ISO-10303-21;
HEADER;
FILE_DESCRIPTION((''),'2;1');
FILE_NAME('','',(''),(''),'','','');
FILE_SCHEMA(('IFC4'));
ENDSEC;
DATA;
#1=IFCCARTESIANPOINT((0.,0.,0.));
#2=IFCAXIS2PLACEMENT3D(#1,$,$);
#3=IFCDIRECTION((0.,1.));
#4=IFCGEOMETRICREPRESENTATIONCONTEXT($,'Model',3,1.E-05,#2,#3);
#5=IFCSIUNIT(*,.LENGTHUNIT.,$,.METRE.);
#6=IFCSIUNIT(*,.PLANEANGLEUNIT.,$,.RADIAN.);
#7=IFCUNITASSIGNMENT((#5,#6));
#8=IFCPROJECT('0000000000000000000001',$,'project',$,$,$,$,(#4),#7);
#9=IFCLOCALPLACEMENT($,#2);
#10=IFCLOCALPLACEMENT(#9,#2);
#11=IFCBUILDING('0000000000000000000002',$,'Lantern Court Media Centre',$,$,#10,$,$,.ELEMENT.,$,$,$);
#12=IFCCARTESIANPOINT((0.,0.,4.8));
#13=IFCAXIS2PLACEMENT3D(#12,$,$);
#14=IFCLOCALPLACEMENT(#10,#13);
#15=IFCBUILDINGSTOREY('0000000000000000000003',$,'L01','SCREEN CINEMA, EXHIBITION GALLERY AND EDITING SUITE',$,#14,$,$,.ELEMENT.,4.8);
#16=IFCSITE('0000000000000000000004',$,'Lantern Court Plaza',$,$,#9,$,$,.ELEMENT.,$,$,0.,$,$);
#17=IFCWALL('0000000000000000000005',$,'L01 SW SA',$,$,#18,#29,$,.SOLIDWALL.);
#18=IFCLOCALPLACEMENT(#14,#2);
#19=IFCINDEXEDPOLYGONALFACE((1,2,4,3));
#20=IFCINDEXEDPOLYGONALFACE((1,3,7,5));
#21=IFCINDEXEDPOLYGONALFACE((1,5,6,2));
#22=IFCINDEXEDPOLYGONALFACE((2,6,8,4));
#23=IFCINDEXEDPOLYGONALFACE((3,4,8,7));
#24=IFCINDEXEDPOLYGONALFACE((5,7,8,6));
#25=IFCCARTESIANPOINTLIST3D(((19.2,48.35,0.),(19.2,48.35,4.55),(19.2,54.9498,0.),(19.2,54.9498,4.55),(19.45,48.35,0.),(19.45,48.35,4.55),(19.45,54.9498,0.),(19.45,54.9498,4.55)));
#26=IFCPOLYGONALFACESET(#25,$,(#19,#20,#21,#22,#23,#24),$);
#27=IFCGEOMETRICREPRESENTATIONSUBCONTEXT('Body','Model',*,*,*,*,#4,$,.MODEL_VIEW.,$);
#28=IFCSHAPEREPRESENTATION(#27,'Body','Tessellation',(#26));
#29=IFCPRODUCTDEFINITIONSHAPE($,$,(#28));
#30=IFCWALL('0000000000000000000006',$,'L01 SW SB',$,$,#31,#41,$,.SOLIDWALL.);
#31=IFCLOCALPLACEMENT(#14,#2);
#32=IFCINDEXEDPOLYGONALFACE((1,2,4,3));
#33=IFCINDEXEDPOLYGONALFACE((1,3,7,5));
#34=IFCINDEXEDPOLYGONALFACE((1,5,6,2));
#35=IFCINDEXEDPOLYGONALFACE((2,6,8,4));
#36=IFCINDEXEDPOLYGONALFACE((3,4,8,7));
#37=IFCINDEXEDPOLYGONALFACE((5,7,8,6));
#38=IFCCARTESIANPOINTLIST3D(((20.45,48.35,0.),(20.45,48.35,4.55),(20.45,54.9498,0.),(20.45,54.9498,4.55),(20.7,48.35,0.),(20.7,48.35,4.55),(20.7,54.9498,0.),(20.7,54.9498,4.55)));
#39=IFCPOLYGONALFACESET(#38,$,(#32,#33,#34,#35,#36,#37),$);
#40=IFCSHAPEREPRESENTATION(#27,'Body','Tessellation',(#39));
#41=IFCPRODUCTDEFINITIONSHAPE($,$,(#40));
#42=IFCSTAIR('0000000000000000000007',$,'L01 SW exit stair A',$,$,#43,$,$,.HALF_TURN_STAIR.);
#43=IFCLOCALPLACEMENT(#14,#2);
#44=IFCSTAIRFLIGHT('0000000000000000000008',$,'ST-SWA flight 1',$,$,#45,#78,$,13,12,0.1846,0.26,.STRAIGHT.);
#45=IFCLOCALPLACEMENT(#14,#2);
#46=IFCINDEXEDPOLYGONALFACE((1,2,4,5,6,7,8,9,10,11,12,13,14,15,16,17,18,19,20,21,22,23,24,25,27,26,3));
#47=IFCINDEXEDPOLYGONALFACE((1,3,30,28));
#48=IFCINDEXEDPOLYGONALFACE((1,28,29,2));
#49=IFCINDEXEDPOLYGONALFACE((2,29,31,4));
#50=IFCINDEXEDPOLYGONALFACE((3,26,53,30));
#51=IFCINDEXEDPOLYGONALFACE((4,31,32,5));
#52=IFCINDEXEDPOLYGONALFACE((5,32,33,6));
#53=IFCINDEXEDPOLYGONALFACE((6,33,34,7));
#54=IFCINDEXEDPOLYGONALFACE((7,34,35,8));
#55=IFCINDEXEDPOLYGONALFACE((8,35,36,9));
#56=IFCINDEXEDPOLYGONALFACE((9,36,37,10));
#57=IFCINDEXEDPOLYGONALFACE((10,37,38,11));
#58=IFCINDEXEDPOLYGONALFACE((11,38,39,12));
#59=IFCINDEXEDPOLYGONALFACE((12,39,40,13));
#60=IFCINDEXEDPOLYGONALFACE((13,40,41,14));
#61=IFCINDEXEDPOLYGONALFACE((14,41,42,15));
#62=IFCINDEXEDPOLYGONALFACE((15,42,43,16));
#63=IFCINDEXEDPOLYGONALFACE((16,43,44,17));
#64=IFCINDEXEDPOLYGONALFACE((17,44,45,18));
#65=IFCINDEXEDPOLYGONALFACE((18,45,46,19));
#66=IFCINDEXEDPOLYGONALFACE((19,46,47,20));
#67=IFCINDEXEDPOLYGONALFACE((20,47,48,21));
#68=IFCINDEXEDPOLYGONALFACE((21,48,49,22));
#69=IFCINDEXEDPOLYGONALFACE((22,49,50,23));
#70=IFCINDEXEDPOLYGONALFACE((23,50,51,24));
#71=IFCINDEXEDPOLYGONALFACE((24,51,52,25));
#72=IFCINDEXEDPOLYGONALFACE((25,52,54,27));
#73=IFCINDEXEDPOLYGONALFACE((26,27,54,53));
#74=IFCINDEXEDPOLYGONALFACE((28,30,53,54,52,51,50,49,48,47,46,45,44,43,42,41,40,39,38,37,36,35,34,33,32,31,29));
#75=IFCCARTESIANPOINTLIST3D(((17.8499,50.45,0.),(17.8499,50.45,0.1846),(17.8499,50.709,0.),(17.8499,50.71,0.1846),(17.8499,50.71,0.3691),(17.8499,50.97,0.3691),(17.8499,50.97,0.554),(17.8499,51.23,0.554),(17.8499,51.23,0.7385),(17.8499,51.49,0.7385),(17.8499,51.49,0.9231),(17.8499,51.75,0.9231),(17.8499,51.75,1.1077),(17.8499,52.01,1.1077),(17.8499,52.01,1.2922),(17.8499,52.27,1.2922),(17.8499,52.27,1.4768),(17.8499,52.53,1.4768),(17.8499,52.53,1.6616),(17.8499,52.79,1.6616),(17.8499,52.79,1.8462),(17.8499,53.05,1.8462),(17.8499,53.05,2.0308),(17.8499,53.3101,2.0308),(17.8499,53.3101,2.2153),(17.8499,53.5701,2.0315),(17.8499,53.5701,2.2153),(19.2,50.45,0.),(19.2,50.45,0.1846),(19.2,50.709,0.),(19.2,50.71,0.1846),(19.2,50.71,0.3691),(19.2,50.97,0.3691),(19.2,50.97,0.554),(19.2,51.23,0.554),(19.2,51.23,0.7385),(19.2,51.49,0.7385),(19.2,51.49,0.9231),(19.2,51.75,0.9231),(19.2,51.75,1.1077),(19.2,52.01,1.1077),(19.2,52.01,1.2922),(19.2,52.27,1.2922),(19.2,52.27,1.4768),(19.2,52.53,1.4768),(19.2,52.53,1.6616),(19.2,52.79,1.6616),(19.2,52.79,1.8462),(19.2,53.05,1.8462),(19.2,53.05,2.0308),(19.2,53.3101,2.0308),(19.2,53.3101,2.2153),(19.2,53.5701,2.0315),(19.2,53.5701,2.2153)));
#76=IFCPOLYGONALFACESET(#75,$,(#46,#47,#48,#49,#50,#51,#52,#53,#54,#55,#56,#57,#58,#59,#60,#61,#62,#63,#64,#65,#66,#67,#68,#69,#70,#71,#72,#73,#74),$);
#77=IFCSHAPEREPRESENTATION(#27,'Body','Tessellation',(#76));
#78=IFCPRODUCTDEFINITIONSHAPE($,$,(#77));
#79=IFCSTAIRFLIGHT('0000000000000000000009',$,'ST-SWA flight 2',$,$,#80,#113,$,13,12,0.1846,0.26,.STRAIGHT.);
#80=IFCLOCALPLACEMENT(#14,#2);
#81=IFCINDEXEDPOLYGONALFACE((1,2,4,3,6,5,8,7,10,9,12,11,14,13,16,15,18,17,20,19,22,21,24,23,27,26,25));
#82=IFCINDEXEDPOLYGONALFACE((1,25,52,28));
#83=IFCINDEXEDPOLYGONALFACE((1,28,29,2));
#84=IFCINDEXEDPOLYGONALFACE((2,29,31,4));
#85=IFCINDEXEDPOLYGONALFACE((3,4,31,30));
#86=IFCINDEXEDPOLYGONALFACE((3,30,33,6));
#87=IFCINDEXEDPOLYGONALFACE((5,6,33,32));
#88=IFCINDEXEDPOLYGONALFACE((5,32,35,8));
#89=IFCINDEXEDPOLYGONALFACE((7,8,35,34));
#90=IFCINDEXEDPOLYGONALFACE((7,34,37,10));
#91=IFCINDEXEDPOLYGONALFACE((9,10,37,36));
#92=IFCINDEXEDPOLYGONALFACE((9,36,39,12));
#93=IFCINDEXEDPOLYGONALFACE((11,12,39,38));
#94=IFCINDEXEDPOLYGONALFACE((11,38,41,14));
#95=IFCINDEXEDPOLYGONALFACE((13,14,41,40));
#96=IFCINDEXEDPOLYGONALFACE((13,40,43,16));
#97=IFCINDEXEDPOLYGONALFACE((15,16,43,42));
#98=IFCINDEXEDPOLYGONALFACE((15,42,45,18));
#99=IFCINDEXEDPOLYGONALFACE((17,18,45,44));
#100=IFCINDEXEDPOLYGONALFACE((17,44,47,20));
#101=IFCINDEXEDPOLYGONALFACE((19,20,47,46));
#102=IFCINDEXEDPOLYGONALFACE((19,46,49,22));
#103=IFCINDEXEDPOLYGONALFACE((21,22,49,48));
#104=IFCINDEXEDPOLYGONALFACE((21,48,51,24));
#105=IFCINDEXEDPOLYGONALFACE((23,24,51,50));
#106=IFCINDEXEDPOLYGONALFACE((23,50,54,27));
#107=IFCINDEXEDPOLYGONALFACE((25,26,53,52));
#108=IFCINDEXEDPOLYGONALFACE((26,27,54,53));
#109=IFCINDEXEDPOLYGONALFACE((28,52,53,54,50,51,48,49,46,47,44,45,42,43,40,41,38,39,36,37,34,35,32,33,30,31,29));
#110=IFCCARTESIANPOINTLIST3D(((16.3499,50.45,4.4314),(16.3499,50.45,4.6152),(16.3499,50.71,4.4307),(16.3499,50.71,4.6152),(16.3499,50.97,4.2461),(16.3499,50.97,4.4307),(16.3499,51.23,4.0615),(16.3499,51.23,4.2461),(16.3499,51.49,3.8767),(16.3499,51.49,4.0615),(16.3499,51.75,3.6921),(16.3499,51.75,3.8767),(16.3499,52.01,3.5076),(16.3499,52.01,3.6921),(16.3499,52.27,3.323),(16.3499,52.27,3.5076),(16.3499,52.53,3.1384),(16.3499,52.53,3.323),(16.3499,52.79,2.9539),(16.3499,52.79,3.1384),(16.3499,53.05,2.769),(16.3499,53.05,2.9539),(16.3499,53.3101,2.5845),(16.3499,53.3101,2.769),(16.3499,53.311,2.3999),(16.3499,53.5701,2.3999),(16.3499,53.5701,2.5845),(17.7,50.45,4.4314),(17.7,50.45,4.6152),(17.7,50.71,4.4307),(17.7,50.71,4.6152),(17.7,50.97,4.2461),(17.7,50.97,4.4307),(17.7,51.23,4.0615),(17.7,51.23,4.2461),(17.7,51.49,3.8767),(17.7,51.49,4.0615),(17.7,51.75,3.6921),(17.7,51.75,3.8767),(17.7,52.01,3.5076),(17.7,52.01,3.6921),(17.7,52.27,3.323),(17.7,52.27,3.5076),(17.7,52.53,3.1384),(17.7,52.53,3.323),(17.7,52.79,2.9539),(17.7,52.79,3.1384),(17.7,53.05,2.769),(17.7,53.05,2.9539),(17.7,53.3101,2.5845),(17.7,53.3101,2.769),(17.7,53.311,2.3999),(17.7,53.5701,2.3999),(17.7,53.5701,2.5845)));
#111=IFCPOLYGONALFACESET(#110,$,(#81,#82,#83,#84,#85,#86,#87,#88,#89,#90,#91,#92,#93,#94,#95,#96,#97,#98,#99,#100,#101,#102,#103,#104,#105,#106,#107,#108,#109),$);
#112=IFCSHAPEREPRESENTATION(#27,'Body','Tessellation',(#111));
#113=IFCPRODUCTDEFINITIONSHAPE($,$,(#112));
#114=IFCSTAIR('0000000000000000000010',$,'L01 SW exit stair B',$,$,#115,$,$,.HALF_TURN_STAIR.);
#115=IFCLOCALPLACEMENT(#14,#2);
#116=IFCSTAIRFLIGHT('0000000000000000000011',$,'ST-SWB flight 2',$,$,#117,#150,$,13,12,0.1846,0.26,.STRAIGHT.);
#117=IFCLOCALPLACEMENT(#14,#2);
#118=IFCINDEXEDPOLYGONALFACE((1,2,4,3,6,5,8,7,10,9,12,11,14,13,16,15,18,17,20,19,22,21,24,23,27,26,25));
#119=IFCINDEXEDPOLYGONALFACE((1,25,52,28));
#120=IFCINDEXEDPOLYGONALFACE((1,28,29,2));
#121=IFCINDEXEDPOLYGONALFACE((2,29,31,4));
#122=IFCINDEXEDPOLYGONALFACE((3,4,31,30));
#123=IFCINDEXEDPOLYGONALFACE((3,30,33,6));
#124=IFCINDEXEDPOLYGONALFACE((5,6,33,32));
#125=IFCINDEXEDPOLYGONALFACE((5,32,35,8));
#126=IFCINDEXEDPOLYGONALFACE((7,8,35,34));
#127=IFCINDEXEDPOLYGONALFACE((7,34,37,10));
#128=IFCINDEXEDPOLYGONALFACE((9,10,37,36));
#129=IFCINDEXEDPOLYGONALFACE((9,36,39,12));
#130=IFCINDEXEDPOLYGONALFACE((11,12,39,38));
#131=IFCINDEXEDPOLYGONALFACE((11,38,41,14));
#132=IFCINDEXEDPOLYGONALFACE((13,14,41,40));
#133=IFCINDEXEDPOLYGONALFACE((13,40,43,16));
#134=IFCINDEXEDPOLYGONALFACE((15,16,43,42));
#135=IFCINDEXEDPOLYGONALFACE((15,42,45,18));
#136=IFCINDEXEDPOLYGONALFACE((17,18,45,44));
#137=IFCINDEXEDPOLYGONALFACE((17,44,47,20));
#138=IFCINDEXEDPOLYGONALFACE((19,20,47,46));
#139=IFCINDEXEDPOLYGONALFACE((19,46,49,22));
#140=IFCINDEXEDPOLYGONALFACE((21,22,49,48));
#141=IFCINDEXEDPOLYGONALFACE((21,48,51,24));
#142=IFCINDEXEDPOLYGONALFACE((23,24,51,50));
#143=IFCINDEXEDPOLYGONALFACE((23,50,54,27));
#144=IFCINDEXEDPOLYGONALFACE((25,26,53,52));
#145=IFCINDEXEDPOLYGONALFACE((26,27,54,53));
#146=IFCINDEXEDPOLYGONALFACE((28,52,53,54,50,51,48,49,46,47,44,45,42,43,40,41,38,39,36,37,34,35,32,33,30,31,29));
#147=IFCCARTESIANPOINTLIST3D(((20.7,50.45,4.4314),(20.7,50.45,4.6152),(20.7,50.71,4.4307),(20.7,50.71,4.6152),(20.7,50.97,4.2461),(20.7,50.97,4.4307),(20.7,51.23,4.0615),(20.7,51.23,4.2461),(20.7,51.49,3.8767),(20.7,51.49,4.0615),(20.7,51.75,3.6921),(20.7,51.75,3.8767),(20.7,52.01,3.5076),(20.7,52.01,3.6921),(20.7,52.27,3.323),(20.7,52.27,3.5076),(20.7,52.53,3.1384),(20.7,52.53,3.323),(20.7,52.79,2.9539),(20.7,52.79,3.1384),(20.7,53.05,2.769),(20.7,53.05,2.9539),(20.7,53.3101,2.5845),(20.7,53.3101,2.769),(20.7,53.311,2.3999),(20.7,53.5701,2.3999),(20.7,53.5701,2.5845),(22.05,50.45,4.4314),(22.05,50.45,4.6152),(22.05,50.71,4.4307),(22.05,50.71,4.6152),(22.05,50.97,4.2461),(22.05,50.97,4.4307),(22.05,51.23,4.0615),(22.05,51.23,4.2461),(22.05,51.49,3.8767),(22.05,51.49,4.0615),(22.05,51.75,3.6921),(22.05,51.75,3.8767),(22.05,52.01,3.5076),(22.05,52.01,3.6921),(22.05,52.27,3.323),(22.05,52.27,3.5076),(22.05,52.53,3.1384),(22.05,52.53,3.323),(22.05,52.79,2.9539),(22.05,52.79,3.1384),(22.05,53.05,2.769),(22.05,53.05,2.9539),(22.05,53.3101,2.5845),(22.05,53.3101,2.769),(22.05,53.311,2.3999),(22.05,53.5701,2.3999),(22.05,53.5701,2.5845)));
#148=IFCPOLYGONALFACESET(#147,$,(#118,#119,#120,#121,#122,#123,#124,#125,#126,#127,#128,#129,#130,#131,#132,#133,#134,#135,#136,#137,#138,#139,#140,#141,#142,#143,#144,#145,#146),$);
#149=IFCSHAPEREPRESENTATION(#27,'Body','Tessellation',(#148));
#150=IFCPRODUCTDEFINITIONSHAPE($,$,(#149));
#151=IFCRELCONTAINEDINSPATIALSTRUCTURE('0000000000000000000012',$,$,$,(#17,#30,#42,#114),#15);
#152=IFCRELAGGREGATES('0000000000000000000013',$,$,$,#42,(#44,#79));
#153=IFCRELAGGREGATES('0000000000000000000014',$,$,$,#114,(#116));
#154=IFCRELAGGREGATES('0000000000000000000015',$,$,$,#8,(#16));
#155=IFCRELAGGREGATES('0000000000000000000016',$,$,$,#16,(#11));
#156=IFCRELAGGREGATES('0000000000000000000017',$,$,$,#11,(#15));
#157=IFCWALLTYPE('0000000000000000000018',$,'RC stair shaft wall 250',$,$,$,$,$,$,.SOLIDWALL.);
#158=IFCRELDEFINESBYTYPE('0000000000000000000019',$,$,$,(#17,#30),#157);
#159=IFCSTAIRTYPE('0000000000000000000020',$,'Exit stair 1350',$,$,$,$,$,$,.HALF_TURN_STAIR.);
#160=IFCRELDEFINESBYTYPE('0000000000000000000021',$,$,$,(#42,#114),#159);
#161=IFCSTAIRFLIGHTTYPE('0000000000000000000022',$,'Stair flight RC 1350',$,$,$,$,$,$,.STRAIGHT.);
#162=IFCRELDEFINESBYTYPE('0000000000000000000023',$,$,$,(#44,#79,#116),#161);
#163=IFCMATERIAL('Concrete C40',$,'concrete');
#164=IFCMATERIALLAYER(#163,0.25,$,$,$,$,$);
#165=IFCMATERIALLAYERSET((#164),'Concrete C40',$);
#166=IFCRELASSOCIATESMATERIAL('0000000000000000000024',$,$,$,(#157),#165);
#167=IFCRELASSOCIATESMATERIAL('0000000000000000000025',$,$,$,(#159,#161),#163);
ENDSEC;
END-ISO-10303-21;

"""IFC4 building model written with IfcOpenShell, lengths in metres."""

from ifc_helpers import new_model, si_unit, direction, frame, frame_2d, origin, place, context, subcontext, project, spatial, polyline, rectangle, outline, extrude, material, layer, layer_set, type_object, element, aggregate, save


model = new_model("IFC4")

# Units and contexts
model_context = context("Model", 3, precision=1e-05, world=origin(), true_north=direction((0.0, 1.0)))
body_context = subcontext(model_context, "Body", "Model", "MODEL_VIEW")
ifc_project = project(units=[si_unit("LENGTHUNIT", "METRE"), si_unit("PLANEANGLEUNIT", "RADIAN")], contexts=[model_context])

# Site, building, storey
site_placement = place(None, origin())
site = spatial("IfcSite", under=ifc_project, at=site_placement, Name="Lantern Court Plaza", CompositionType="ELEMENT", RefElevation=0.0)
building_placement = place(site_placement, origin())
building = spatial("IfcBuilding", under=site, at=building_placement, Name="Lantern Court Media Centre", CompositionType="ELEMENT")
storey_placement = place(building_placement, frame((0.0, 0.0, 4.8)))
storey = spatial("IfcBuildingStorey", under=building, at=storey_placement, Name="L01", Description="SCREEN CINEMA, EXHIBITION GALLERY AND EDITING SUITE", CompositionType="ELEMENT", Elevation=4.8)

# Walls
ifc_material_1 = material(Name="Concrete C40", Category="concrete")
ifc_layer_1 = layer(ifc_material_1, 0.25)
ifc_layer_set_1 = layer_set([ifc_layer_1], Name="Concrete C40")
wall_type = type_object("IfcWallType", Name="RC stair shaft wall 250", PredefinedType="SOLIDWALL", material=ifc_layer_set_1)
for number, where, z_axis, x_axis, name in (
    (1, (19.325, 48.3501, 0.0), (0.0, 0.0, 1.0), (0.0, 1.0, 0.0), "L01 SW SA"),
    (2, (20.575, 48.3501, 0.0), (0.0, 0.0, 1.0), (0.0, 1.0, 0.0), "L01 SW SB"),
):
    element("IfcWall", number, at=place(storey_placement, frame(where, z_axis=z_axis, x_axis=x_axis)), inside=storey, type_object=wall_type, Name=name, PredefinedType="SOLIDWALL", context=body_context, shape_type="SweptSolid", body=[
        extrude(rectangle(XDim=6.5999, YDim=0.25, at=frame_2d((3.2998, 0.0))), origin(), (0.0, 0.0, 1.0), 4.55),
    ])

# Stair, stair flights
stair_type = type_object("IfcStairType", Name="Exit stair 1350", PredefinedType="HALF_TURN_STAIR", material=ifc_material_1)
stair_1_placement = place(storey_placement, origin())
stair_1 = element("IfcStair", 3, at=stair_1_placement, inside=storey, type_object=stair_type, Name="L01 SW exit stair A", PredefinedType="HALF_TURN_STAIR")
stair_flight_type = type_object("IfcStairFlightType", Name="Stair flight RC 1350", PredefinedType="STRAIGHT", material=ifc_material_1)
stair_flight_1_placement = place(storey_placement, frame((18.5249, 50.45, 0.0), z_axis=(0.0, 0.0, 1.0), x_axis=(0.0, 1.0, 0.0)))
stair_flight_1 = element("IfcStairFlight", 4, at=stair_flight_1_placement, type_object=stair_flight_type, Name="ST-SWA flight 1", NumberOfRisers=13, NumberOfTreads=12, PredefinedType="STRAIGHT", RiserHeight=0.1846, TreadLength=0.26, context=body_context, shape_type="SweptSolid", body=[
    extrude(outline(polyline([(0.0, 0.0), (0.0, 0.1846), (0.26, 0.1846), (0.26, 0.3691), (0.52, 0.3691), (0.52, 0.554), (0.78, 0.554), (0.78, 0.7385), (1.04, 0.7385), (1.04, 0.9231), (1.3, 0.9231), (1.3, 1.1077), (1.5601, 1.1077), (1.5601, 1.2922), (1.8201, 1.2922), (1.8201, 1.4768), (2.0801, 1.4768), (2.0801, 1.6616), (2.3401, 1.6616), (2.3401, 1.8462), (2.6001, 1.8462), (2.6001, 2.0308), (2.8601, 2.0308), (2.8601, 2.2153), (3.1201, 2.2153), (3.1201, 2.3999), (3.1201, 2.0315), (0.259, 0.0), (0.0, 0.0)])), frame((0.0, 0.675, 0.0), z_axis=(0.0, -1.0, 0.0), x_axis=(1.0, 0.0, 0.0)), (0.0, 0.0, 1.0), 1.3501),
])
stair_flight_2_placement = place(storey_placement, frame((17.0249, 53.5701, 2.3999), z_axis=(0.0, 0.0, 1.0), x_axis=(0.0, -1.0, 0.0)))
stair_flight_2 = element("IfcStairFlight", 5, at=stair_flight_2_placement, type_object=stair_flight_type, Name="ST-SWA flight 2", NumberOfRisers=13, NumberOfTreads=12, PredefinedType="STRAIGHT", RiserHeight=0.1846, TreadLength=0.26, context=body_context, shape_type="SweptSolid", body=[
    extrude(outline(polyline([(0.0, 0.0), (0.0, 0.1846), (0.26, 0.1846), (0.26, 0.3691), (0.52, 0.3691), (0.52, 0.554), (0.78, 0.554), (0.78, 0.7385), (1.04, 0.7385), (1.04, 0.9231), (1.3, 0.9231), (1.3, 1.1077), (1.5601, 1.1077), (1.5601, 1.2922), (1.8201, 1.2922), (1.8201, 1.4768), (2.0801, 1.4768), (2.0801, 1.6616), (2.3401, 1.6616), (2.3401, 1.8462), (2.6001, 1.8462), (2.6001, 2.0308), (2.8601, 2.0308), (2.8601, 2.2153), (3.1201, 2.2153), (3.1201, 2.3999), (3.1201, 2.0315), (0.259, 0.0), (0.0, 0.0)])), frame((0.0, 0.675, 0.0), z_axis=(0.0, -1.0, 0.0), x_axis=(1.0, 0.0, 0.0)), (0.0, 0.0, 1.0), 1.3501),
])
aggregate(stair_1, [stair_flight_1, stair_flight_2])

# Stair, stair flight
stair_2_placement = place(storey_placement, origin())
stair_2 = element("IfcStair", 6, at=stair_2_placement, inside=storey, type_object=stair_type, Name="L01 SW exit stair B", PredefinedType="HALF_TURN_STAIR")
stair_flight_3_placement = place(storey_placement, frame((21.375, 53.5701, 2.3999), z_axis=(0.0, 0.0, 1.0), x_axis=(0.0, -1.0, 0.0)))
stair_flight_3 = element("IfcStairFlight", 7, at=stair_flight_3_placement, type_object=stair_flight_type, Name="ST-SWB flight 2", NumberOfRisers=13, NumberOfTreads=12, PredefinedType="STRAIGHT", RiserHeight=0.1846, TreadLength=0.26, context=body_context, shape_type="SweptSolid", body=[
    extrude(outline(polyline([(0.0, 0.0), (0.0, 0.1846), (0.26, 0.1846), (0.26, 0.3691), (0.52, 0.3691), (0.52, 0.554), (0.78, 0.554), (0.78, 0.7385), (1.04, 0.7385), (1.04, 0.9231), (1.3, 0.9231), (1.3, 1.1077), (1.5601, 1.1077), (1.5601, 1.2922), (1.8201, 1.2922), (1.8201, 1.4768), (2.0801, 1.4768), (2.0801, 1.6616), (2.3401, 1.6616), (2.3401, 1.8462), (2.6001, 1.8462), (2.6001, 2.0308), (2.8601, 2.0308), (2.8601, 2.2153), (3.1201, 2.2153), (3.1201, 2.3999), (3.1201, 2.0315), (0.259, 0.0), (0.0, 0.0)])), frame((0.0, 0.675, 0.0), z_axis=(0.0, -1.0, 0.0), x_axis=(1.0, 0.0, 0.0)), (0.0, 0.0, 1.0), 1.3501),
])
aggregate(stair_2, [stair_flight_3])

save(model, "model.ifc")
